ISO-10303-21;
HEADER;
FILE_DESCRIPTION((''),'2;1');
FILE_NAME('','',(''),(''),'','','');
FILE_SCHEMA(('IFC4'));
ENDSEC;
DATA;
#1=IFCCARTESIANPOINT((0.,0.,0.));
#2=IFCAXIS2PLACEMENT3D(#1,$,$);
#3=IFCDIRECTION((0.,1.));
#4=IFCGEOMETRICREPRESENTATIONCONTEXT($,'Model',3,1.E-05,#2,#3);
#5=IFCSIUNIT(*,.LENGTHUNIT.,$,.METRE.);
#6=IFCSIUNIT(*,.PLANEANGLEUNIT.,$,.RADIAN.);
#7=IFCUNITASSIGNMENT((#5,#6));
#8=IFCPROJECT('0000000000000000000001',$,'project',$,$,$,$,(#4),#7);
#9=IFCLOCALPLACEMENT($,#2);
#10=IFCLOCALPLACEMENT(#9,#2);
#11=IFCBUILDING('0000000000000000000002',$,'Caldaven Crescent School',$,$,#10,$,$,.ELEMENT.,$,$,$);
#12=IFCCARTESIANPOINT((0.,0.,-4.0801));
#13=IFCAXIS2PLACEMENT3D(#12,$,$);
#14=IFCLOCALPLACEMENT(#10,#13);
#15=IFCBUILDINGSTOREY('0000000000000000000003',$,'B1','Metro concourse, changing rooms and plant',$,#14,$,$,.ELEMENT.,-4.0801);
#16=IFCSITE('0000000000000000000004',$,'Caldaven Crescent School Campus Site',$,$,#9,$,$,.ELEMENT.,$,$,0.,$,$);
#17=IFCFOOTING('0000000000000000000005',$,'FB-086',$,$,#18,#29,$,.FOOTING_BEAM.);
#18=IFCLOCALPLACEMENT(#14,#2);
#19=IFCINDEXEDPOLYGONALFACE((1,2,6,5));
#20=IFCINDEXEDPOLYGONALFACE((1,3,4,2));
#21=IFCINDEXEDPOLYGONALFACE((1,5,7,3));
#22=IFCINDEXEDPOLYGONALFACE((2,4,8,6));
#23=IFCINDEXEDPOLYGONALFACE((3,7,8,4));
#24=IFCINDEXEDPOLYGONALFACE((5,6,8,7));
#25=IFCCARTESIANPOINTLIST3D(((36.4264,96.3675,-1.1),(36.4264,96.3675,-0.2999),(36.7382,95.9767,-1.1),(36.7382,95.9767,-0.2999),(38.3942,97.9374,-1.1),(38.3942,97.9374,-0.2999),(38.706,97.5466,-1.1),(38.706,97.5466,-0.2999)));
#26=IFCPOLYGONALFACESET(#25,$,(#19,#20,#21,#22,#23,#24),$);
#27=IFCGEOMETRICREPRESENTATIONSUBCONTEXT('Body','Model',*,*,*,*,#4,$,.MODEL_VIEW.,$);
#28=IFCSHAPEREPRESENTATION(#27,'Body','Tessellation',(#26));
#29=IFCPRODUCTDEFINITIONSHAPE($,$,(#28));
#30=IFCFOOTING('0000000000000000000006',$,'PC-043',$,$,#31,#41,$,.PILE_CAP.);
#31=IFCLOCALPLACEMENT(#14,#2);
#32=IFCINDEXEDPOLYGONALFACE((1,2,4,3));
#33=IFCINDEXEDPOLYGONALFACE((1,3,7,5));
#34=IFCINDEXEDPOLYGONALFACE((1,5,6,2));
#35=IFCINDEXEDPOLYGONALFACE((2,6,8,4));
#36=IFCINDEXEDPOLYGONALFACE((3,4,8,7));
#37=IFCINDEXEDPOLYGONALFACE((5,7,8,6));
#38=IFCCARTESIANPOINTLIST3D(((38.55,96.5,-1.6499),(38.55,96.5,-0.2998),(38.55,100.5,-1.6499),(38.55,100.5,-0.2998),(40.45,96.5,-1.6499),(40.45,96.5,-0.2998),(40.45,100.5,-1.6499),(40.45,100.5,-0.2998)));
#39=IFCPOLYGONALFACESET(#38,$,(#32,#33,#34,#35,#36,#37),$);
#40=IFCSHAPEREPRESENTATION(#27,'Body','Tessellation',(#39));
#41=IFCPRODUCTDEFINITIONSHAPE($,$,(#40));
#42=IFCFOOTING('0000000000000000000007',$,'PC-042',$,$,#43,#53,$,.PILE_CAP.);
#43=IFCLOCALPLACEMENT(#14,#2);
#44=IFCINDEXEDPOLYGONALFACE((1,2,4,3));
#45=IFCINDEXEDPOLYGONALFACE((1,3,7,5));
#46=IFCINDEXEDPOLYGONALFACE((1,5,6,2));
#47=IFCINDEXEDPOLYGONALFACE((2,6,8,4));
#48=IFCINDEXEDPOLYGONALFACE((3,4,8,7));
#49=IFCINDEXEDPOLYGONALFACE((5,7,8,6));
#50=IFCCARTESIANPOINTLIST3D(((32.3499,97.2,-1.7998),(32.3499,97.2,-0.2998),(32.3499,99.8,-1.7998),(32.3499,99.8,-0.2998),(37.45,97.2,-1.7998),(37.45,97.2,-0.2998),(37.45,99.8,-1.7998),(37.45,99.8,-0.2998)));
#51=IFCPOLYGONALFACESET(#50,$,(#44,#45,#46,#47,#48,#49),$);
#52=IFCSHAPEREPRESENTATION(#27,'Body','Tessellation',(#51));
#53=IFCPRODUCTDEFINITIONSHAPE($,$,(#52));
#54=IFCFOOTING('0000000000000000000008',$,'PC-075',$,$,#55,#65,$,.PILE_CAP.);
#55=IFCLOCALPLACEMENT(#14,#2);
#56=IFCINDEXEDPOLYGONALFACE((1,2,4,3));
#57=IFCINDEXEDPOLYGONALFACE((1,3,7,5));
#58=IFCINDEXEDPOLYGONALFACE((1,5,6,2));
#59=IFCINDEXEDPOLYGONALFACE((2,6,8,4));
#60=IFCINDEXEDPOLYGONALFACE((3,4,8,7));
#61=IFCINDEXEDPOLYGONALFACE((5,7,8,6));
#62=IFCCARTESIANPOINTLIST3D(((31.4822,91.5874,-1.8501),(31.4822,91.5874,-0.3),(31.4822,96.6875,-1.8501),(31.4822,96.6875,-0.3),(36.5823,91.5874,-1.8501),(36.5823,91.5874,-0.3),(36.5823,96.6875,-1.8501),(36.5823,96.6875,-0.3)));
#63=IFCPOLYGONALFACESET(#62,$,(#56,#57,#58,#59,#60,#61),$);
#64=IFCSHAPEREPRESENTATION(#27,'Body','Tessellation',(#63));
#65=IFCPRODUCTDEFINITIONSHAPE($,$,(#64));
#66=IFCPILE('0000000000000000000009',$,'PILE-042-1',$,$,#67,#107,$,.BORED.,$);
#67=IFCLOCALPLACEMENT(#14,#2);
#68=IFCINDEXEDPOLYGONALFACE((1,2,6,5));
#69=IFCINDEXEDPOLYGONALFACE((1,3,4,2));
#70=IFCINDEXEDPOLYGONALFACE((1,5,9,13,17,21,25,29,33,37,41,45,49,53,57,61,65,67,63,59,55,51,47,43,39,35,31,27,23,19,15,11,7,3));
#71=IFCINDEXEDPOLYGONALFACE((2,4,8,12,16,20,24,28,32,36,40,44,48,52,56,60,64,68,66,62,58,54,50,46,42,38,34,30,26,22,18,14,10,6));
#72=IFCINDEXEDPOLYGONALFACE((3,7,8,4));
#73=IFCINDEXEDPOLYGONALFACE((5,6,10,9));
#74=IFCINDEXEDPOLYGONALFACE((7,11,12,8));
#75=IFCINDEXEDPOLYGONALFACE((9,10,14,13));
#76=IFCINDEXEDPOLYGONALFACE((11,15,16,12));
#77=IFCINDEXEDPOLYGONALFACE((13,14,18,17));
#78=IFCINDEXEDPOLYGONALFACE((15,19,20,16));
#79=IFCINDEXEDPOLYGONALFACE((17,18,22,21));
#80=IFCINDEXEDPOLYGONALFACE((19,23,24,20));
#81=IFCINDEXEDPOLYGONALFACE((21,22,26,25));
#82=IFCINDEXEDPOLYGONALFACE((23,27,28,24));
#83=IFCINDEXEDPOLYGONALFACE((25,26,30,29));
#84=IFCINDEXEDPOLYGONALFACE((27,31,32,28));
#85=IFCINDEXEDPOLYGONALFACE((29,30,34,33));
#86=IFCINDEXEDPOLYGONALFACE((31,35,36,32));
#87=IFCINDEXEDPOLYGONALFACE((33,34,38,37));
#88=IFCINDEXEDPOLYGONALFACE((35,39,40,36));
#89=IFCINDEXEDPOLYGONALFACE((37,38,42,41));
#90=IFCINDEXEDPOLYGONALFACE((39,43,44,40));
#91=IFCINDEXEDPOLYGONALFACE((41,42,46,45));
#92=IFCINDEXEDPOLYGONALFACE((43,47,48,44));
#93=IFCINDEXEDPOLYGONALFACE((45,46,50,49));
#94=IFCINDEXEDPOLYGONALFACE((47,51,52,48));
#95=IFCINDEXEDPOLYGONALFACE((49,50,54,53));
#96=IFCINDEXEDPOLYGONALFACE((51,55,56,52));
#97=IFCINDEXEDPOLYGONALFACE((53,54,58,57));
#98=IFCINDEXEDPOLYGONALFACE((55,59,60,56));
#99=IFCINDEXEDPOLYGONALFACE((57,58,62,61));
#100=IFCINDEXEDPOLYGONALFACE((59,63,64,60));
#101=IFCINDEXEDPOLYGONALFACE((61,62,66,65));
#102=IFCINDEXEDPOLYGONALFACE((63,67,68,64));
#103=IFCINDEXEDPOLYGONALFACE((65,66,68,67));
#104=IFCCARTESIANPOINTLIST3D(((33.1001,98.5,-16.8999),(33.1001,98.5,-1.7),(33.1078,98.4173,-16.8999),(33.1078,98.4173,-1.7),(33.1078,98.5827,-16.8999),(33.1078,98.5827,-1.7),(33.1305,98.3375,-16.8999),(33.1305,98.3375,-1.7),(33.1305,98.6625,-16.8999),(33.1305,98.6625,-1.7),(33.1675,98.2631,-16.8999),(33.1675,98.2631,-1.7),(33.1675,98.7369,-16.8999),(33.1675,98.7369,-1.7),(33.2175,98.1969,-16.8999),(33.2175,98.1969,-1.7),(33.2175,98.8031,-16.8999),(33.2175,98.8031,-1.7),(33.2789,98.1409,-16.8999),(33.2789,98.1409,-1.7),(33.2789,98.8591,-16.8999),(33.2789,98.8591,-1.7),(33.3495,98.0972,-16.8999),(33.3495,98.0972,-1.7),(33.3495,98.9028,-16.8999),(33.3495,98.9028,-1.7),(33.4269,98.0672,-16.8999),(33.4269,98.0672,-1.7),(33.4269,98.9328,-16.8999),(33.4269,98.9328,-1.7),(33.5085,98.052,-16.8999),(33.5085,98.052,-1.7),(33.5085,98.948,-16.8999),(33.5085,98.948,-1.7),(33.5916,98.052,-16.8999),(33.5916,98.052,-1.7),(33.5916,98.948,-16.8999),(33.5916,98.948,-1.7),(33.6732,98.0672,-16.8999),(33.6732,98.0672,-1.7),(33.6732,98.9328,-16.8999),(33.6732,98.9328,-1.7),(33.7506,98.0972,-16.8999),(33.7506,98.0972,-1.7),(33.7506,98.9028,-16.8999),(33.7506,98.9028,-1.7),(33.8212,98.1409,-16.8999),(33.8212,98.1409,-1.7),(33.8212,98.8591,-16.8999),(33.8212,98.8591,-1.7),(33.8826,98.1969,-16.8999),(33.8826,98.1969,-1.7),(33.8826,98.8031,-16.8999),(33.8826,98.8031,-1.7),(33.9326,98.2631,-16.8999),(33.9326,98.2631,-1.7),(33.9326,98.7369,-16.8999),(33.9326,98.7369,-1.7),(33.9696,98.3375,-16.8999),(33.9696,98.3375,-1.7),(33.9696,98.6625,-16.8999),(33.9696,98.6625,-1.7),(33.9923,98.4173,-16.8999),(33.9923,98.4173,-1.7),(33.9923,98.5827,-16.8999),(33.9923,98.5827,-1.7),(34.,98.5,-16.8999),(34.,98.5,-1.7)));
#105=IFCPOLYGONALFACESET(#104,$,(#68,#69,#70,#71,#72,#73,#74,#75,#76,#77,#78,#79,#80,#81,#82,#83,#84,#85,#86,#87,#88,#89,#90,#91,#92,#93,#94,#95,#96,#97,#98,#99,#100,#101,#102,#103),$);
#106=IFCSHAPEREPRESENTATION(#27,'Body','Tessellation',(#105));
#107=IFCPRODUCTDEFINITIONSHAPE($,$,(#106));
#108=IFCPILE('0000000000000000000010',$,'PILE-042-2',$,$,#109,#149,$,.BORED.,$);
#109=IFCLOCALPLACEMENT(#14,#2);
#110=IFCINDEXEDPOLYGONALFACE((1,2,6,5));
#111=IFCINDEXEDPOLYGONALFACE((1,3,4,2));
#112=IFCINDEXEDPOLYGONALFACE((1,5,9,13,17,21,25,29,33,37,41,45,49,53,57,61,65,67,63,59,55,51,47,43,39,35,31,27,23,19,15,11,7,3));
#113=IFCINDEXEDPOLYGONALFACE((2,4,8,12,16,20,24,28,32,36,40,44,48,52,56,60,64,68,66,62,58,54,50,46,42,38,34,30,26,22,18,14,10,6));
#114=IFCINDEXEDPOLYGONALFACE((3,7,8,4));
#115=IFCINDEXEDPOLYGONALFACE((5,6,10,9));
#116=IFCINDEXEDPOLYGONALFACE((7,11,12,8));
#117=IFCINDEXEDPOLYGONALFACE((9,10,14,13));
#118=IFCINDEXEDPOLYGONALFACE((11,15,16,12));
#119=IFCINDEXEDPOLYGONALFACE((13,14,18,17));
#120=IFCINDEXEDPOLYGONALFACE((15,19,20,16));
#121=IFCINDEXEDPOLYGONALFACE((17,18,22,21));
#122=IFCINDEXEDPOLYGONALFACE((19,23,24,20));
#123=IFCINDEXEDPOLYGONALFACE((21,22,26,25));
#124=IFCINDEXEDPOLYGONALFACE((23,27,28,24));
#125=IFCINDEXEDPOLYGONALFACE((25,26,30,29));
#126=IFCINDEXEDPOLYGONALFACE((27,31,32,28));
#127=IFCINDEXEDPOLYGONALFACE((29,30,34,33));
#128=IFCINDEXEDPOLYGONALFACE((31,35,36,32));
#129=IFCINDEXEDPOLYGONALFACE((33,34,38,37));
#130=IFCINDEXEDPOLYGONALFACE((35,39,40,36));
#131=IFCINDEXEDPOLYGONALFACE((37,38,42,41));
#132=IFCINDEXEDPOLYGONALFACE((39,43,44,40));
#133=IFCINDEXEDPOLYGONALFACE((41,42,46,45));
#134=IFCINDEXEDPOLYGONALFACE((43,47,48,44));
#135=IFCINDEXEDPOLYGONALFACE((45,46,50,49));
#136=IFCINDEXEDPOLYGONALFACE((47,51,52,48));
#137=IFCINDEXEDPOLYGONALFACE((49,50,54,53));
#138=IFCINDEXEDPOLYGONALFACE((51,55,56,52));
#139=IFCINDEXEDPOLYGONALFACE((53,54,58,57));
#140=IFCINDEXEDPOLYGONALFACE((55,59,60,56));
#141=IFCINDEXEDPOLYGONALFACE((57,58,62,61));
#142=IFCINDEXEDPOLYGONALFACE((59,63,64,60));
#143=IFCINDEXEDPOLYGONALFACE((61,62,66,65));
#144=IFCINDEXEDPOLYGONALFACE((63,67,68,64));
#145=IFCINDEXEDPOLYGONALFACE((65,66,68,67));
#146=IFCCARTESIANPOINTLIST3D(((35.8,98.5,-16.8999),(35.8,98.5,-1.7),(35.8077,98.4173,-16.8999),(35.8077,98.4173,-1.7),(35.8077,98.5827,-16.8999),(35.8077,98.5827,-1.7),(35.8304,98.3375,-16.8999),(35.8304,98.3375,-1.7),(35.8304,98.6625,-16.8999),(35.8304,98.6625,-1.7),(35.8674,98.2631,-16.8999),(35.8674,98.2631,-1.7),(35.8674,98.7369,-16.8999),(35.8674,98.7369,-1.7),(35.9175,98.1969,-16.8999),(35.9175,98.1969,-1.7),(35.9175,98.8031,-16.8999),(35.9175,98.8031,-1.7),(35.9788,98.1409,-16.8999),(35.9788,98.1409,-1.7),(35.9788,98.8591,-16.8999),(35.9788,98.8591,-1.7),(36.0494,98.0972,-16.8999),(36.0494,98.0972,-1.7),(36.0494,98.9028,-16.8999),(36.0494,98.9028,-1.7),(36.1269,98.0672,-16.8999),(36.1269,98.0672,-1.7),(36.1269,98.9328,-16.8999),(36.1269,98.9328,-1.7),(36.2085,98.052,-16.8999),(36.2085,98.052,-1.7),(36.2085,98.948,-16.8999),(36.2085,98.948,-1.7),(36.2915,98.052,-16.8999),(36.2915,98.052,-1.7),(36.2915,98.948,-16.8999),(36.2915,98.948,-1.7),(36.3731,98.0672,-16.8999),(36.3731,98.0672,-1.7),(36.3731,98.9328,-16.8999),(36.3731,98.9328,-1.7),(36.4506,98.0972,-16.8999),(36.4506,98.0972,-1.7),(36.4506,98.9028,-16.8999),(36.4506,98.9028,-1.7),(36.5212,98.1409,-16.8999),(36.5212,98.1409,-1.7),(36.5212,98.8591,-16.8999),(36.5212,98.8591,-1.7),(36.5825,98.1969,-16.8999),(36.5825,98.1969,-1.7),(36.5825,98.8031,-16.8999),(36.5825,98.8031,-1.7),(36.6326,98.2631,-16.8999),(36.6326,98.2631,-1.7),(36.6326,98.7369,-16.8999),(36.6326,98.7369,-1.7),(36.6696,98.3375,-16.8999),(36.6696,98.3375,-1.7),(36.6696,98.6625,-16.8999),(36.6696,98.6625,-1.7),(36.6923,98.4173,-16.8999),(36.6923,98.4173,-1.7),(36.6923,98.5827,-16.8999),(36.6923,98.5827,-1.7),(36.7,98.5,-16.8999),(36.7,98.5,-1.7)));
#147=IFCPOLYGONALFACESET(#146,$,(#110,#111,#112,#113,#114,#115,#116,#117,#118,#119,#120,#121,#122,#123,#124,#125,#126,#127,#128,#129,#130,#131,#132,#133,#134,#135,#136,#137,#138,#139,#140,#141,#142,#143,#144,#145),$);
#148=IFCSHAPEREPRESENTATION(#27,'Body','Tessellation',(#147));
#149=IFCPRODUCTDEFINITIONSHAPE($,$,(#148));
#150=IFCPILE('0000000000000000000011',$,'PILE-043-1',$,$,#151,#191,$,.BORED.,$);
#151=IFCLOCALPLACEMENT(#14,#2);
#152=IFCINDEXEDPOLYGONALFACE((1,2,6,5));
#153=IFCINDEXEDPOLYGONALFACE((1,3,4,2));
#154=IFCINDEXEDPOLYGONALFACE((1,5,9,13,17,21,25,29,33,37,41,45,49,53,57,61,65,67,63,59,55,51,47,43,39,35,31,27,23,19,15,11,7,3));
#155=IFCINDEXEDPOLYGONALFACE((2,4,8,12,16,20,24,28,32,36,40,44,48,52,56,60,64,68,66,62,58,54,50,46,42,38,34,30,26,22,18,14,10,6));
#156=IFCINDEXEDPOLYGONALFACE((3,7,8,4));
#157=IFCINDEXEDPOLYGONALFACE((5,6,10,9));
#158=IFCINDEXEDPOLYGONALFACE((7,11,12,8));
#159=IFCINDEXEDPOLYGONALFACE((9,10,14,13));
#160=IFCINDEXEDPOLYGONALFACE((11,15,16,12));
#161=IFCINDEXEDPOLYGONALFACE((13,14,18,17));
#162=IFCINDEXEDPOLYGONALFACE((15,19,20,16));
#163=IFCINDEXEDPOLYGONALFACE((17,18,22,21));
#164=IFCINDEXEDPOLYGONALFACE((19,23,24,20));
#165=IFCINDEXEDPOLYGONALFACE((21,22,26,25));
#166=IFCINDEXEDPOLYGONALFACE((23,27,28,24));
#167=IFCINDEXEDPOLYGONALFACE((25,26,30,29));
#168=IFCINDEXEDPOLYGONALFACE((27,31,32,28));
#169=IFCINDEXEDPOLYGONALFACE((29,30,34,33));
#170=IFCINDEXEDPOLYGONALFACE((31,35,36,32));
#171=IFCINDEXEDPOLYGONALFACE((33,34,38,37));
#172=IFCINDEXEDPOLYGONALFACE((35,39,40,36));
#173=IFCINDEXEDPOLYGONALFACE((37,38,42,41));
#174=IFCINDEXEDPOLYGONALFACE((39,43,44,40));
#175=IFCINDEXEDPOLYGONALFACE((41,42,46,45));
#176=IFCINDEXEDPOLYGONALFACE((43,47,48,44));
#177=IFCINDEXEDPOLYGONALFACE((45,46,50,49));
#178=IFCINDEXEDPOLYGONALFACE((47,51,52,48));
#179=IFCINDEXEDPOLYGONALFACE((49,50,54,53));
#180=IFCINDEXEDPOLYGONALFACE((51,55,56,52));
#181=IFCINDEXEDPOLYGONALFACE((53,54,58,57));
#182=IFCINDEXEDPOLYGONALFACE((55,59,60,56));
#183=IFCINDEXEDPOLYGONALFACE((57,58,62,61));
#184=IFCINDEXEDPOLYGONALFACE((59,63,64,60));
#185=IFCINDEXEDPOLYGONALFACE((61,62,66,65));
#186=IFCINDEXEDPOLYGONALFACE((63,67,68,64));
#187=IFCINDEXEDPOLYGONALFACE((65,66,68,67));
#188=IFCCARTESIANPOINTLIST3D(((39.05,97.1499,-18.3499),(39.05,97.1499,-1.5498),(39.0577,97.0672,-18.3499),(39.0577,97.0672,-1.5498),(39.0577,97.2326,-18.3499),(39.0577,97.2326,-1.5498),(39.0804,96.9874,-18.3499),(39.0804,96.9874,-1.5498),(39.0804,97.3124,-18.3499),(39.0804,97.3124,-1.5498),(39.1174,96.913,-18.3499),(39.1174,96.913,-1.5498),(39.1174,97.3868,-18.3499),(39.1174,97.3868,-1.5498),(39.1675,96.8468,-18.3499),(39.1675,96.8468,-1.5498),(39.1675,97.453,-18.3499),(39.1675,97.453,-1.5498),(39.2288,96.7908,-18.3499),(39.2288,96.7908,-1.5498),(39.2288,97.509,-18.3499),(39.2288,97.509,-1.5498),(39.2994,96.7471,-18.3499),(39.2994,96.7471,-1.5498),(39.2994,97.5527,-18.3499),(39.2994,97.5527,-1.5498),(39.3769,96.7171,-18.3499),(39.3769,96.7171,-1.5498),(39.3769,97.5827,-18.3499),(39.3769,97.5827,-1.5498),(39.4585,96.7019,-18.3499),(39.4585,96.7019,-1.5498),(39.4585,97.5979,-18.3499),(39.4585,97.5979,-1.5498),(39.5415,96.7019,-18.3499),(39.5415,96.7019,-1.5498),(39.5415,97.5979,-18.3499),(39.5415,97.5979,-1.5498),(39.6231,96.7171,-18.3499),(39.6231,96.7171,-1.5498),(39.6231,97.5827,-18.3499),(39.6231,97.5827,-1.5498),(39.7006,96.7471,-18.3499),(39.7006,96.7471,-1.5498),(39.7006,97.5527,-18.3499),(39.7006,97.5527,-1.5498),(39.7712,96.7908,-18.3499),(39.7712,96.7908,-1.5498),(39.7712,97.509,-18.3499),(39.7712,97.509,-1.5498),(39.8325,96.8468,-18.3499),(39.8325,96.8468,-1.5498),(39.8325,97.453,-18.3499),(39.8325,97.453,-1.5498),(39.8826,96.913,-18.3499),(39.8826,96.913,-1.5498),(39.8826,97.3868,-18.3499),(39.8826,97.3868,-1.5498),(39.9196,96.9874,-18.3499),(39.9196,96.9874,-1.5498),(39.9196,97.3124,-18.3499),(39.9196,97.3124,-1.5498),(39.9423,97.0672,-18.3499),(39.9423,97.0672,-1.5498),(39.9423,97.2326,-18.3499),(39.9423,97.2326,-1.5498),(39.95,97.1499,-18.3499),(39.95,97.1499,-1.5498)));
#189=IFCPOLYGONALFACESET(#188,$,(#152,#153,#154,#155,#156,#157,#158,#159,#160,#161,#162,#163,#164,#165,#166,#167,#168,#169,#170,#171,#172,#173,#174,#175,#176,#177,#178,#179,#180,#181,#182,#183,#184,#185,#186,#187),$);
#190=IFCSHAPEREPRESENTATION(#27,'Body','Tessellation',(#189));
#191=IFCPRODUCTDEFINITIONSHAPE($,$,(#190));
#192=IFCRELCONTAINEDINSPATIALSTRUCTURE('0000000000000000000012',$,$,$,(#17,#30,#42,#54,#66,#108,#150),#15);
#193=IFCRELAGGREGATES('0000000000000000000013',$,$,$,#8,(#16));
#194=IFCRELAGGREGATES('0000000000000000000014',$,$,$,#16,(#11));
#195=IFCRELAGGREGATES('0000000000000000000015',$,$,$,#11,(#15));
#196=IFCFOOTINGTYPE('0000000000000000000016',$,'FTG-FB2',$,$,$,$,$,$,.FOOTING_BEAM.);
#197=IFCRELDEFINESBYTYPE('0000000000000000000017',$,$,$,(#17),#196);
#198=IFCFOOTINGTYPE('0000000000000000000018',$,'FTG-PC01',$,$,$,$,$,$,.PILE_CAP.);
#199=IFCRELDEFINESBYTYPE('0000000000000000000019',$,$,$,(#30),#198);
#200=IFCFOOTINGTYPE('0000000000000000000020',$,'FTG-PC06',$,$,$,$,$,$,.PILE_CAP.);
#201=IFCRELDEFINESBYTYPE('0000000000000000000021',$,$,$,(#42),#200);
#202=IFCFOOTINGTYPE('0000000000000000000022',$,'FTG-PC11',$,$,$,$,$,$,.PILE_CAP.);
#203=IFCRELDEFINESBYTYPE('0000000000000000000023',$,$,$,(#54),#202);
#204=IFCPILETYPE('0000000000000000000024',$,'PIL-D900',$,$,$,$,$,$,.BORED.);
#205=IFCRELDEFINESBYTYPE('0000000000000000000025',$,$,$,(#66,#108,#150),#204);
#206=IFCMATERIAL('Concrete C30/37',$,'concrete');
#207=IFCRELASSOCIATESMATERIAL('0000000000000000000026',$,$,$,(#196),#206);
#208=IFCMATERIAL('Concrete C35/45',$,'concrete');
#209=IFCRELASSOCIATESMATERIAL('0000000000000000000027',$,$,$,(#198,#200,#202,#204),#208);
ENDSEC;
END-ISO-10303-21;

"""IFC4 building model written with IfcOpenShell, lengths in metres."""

from ifc_helpers import new_model, si_unit, direction, frame, origin, origin_2d, place, context, subcontext, project, spatial, rectangle, circle, extrude, material, material_profile, profile_set, type_object, element, save


model = new_model("IFC4")

# Units and contexts
model_context = context("Model", 3, precision=1e-05, world=origin(), true_north=direction((0.0, 1.0)))
body_context = subcontext(model_context, "Body", "Model", "MODEL_VIEW")
ifc_project = project(units=[si_unit("LENGTHUNIT", "METRE"), si_unit("PLANEANGLEUNIT", "RADIAN")], contexts=[model_context])

# Site, building, storey
site_placement = place(None, origin())
site = spatial("IfcSite", under=ifc_project, at=site_placement, Name="Caldaven Crescent School Campus Site", CompositionType="ELEMENT", RefElevation=0.0)
building_placement = place(site_placement, origin())
building = spatial("IfcBuilding", under=site, at=building_placement, Name="Caldaven Crescent School", CompositionType="ELEMENT")
storey_placement = place(building_placement, frame((0.0, 0.0, -4.0801)))
storey = spatial("IfcBuildingStorey", under=building, at=storey_placement, Name="B1", Description="Metro concourse, changing rooms and plant", CompositionType="ELEMENT", Elevation=-4.0801)

# Footings
ifc_material_1 = material(Name="Concrete C30/37", Category="concrete")
ifc_material_profile_1 = material_profile(ifc_material_1, rectangle(XDim=0.5, YDim=0.8, at=origin_2d()), Name="FB 500x800")
ifc_profile_set_1 = profile_set([ifc_material_profile_1], Name="Concrete C30/37")
footing_type_1 = type_object("IfcFootingType", Name="FTG-FB2", PredefinedType="FOOTING_BEAM", material=ifc_profile_set_1)
footing_1_placement = place(storey_placement, frame((36.5823, 96.1721, -0.7), z_axis=(0.78172, 0.62363, 0.0), x_axis=(-0.62363, 0.78172, 0.0)))
element("IfcFooting", 1, at=footing_1_placement, inside=storey, type_object=footing_type_1, Name="FB-086", PredefinedType="FOOTING_BEAM", context=body_context, shape_type="SweptSolid", body=[
    extrude(rectangle(XDim=0.5, YDim=0.8, at=origin_2d()), origin(), (0.0, 0.0, 1.0), 2.5173),
])
ifc_material_2 = material(Name="Concrete C35/45", Category="concrete")
footing_type_2 = type_object("IfcFootingType", Name="FTG-PC01", PredefinedType="PILE_CAP", material=ifc_material_2)
footing_2_placement = place(storey_placement, frame((39.5, 98.5, -1.6499), z_axis=(0.0, 0.0, 1.0), x_axis=(0.0, 1.0, 0.0)))
element("IfcFooting", 2, at=footing_2_placement, inside=storey, type_object=footing_type_2, Name="PC-043", PredefinedType="PILE_CAP", context=body_context, shape_type="SweptSolid", body=[
    extrude(rectangle(XDim=4.0, YDim=1.8999, at=origin_2d()), origin(), (0.0, 0.0, 1.0), 1.3501),
])
footing_type_3 = type_object("IfcFootingType", Name="FTG-PC06", PredefinedType="PILE_CAP", material=ifc_material_2)
footing_3_placement = place(storey_placement, frame((34.8999, 98.5, -1.7998), z_axis=(0.0, 0.0, 1.0), x_axis=(1.0, 0.0, 0.0)))
element("IfcFooting", 3, at=footing_3_placement, inside=storey, type_object=footing_type_3, Name="PC-042", PredefinedType="PILE_CAP", context=body_context, shape_type="SweptSolid", body=[
    extrude(rectangle(XDim=5.1001, YDim=2.6001, at=origin_2d()), origin(), (0.0, 0.0, 1.0), 1.5),
])
footing_type_4 = type_object("IfcFootingType", Name="FTG-PC11", PredefinedType="PILE_CAP", material=ifc_material_2)
footing_4_placement = place(storey_placement, frame((34.0322, 94.1375, -1.8501), z_axis=(0.0, 0.0, 1.0), x_axis=(1.0, 0.0, 0.0)))
element("IfcFooting", 4, at=footing_4_placement, inside=storey, type_object=footing_type_4, Name="PC-075", PredefinedType="PILE_CAP", context=body_context, shape_type="SweptSolid", body=[
    extrude(rectangle(XDim=5.1001, YDim=5.1001, at=origin_2d()), origin(), (0.0, 0.0, 1.0), 1.55),
])

# Piles
ifc_material_profile_2 = material_profile(ifc_material_2, circle(Radius=0.45, at=origin_2d()), Name="PILE D900")
ifc_profile_set_2 = profile_set([ifc_material_profile_2], Name="Concrete C35/45")
pile_type = type_object("IfcPileType", Name="PIL-D900", PredefinedType="BORED", material=ifc_profile_set_2)
for number, where, z_axis, x_axis, name in (
    (5, (33.55, 98.5, -1.7), (0.0, 0.0, -1.0), (1.0, 0.0, 0.0), "PILE-042-1"),
    (6, (36.25, 98.5, -1.7), (0.0, 0.0, -1.0), (1.0, 0.0, 0.0), "PILE-042-2"),
):
    element("IfcPile", number, at=place(storey_placement, frame(where, z_axis=z_axis, x_axis=x_axis)), inside=storey, type_object=pile_type, Name=name, PredefinedType="BORED", context=body_context, shape_type="SweptSolid", body=[
        extrude(circle(Radius=0.45, at=origin_2d()), origin(), (0.0, 0.0, 1.0), 15.2),
    ])
for number, where, z_axis, x_axis, name in (
    (7, (39.5, 97.1499, -1.5498), (0.0, 0.0, -1.0), (1.0, 0.0, 0.0), "PILE-043-1"),
):
    element("IfcPile", number, at=place(storey_placement, frame(where, z_axis=z_axis, x_axis=x_axis)), inside=storey, type_object=pile_type, Name=name, PredefinedType="BORED", context=body_context, shape_type="SweptSolid", body=[
        extrude(circle(Radius=0.45, at=origin_2d()), origin(), (0.0, 0.0, 1.0), 16.8),
    ])

save(model, "model.ifc")
